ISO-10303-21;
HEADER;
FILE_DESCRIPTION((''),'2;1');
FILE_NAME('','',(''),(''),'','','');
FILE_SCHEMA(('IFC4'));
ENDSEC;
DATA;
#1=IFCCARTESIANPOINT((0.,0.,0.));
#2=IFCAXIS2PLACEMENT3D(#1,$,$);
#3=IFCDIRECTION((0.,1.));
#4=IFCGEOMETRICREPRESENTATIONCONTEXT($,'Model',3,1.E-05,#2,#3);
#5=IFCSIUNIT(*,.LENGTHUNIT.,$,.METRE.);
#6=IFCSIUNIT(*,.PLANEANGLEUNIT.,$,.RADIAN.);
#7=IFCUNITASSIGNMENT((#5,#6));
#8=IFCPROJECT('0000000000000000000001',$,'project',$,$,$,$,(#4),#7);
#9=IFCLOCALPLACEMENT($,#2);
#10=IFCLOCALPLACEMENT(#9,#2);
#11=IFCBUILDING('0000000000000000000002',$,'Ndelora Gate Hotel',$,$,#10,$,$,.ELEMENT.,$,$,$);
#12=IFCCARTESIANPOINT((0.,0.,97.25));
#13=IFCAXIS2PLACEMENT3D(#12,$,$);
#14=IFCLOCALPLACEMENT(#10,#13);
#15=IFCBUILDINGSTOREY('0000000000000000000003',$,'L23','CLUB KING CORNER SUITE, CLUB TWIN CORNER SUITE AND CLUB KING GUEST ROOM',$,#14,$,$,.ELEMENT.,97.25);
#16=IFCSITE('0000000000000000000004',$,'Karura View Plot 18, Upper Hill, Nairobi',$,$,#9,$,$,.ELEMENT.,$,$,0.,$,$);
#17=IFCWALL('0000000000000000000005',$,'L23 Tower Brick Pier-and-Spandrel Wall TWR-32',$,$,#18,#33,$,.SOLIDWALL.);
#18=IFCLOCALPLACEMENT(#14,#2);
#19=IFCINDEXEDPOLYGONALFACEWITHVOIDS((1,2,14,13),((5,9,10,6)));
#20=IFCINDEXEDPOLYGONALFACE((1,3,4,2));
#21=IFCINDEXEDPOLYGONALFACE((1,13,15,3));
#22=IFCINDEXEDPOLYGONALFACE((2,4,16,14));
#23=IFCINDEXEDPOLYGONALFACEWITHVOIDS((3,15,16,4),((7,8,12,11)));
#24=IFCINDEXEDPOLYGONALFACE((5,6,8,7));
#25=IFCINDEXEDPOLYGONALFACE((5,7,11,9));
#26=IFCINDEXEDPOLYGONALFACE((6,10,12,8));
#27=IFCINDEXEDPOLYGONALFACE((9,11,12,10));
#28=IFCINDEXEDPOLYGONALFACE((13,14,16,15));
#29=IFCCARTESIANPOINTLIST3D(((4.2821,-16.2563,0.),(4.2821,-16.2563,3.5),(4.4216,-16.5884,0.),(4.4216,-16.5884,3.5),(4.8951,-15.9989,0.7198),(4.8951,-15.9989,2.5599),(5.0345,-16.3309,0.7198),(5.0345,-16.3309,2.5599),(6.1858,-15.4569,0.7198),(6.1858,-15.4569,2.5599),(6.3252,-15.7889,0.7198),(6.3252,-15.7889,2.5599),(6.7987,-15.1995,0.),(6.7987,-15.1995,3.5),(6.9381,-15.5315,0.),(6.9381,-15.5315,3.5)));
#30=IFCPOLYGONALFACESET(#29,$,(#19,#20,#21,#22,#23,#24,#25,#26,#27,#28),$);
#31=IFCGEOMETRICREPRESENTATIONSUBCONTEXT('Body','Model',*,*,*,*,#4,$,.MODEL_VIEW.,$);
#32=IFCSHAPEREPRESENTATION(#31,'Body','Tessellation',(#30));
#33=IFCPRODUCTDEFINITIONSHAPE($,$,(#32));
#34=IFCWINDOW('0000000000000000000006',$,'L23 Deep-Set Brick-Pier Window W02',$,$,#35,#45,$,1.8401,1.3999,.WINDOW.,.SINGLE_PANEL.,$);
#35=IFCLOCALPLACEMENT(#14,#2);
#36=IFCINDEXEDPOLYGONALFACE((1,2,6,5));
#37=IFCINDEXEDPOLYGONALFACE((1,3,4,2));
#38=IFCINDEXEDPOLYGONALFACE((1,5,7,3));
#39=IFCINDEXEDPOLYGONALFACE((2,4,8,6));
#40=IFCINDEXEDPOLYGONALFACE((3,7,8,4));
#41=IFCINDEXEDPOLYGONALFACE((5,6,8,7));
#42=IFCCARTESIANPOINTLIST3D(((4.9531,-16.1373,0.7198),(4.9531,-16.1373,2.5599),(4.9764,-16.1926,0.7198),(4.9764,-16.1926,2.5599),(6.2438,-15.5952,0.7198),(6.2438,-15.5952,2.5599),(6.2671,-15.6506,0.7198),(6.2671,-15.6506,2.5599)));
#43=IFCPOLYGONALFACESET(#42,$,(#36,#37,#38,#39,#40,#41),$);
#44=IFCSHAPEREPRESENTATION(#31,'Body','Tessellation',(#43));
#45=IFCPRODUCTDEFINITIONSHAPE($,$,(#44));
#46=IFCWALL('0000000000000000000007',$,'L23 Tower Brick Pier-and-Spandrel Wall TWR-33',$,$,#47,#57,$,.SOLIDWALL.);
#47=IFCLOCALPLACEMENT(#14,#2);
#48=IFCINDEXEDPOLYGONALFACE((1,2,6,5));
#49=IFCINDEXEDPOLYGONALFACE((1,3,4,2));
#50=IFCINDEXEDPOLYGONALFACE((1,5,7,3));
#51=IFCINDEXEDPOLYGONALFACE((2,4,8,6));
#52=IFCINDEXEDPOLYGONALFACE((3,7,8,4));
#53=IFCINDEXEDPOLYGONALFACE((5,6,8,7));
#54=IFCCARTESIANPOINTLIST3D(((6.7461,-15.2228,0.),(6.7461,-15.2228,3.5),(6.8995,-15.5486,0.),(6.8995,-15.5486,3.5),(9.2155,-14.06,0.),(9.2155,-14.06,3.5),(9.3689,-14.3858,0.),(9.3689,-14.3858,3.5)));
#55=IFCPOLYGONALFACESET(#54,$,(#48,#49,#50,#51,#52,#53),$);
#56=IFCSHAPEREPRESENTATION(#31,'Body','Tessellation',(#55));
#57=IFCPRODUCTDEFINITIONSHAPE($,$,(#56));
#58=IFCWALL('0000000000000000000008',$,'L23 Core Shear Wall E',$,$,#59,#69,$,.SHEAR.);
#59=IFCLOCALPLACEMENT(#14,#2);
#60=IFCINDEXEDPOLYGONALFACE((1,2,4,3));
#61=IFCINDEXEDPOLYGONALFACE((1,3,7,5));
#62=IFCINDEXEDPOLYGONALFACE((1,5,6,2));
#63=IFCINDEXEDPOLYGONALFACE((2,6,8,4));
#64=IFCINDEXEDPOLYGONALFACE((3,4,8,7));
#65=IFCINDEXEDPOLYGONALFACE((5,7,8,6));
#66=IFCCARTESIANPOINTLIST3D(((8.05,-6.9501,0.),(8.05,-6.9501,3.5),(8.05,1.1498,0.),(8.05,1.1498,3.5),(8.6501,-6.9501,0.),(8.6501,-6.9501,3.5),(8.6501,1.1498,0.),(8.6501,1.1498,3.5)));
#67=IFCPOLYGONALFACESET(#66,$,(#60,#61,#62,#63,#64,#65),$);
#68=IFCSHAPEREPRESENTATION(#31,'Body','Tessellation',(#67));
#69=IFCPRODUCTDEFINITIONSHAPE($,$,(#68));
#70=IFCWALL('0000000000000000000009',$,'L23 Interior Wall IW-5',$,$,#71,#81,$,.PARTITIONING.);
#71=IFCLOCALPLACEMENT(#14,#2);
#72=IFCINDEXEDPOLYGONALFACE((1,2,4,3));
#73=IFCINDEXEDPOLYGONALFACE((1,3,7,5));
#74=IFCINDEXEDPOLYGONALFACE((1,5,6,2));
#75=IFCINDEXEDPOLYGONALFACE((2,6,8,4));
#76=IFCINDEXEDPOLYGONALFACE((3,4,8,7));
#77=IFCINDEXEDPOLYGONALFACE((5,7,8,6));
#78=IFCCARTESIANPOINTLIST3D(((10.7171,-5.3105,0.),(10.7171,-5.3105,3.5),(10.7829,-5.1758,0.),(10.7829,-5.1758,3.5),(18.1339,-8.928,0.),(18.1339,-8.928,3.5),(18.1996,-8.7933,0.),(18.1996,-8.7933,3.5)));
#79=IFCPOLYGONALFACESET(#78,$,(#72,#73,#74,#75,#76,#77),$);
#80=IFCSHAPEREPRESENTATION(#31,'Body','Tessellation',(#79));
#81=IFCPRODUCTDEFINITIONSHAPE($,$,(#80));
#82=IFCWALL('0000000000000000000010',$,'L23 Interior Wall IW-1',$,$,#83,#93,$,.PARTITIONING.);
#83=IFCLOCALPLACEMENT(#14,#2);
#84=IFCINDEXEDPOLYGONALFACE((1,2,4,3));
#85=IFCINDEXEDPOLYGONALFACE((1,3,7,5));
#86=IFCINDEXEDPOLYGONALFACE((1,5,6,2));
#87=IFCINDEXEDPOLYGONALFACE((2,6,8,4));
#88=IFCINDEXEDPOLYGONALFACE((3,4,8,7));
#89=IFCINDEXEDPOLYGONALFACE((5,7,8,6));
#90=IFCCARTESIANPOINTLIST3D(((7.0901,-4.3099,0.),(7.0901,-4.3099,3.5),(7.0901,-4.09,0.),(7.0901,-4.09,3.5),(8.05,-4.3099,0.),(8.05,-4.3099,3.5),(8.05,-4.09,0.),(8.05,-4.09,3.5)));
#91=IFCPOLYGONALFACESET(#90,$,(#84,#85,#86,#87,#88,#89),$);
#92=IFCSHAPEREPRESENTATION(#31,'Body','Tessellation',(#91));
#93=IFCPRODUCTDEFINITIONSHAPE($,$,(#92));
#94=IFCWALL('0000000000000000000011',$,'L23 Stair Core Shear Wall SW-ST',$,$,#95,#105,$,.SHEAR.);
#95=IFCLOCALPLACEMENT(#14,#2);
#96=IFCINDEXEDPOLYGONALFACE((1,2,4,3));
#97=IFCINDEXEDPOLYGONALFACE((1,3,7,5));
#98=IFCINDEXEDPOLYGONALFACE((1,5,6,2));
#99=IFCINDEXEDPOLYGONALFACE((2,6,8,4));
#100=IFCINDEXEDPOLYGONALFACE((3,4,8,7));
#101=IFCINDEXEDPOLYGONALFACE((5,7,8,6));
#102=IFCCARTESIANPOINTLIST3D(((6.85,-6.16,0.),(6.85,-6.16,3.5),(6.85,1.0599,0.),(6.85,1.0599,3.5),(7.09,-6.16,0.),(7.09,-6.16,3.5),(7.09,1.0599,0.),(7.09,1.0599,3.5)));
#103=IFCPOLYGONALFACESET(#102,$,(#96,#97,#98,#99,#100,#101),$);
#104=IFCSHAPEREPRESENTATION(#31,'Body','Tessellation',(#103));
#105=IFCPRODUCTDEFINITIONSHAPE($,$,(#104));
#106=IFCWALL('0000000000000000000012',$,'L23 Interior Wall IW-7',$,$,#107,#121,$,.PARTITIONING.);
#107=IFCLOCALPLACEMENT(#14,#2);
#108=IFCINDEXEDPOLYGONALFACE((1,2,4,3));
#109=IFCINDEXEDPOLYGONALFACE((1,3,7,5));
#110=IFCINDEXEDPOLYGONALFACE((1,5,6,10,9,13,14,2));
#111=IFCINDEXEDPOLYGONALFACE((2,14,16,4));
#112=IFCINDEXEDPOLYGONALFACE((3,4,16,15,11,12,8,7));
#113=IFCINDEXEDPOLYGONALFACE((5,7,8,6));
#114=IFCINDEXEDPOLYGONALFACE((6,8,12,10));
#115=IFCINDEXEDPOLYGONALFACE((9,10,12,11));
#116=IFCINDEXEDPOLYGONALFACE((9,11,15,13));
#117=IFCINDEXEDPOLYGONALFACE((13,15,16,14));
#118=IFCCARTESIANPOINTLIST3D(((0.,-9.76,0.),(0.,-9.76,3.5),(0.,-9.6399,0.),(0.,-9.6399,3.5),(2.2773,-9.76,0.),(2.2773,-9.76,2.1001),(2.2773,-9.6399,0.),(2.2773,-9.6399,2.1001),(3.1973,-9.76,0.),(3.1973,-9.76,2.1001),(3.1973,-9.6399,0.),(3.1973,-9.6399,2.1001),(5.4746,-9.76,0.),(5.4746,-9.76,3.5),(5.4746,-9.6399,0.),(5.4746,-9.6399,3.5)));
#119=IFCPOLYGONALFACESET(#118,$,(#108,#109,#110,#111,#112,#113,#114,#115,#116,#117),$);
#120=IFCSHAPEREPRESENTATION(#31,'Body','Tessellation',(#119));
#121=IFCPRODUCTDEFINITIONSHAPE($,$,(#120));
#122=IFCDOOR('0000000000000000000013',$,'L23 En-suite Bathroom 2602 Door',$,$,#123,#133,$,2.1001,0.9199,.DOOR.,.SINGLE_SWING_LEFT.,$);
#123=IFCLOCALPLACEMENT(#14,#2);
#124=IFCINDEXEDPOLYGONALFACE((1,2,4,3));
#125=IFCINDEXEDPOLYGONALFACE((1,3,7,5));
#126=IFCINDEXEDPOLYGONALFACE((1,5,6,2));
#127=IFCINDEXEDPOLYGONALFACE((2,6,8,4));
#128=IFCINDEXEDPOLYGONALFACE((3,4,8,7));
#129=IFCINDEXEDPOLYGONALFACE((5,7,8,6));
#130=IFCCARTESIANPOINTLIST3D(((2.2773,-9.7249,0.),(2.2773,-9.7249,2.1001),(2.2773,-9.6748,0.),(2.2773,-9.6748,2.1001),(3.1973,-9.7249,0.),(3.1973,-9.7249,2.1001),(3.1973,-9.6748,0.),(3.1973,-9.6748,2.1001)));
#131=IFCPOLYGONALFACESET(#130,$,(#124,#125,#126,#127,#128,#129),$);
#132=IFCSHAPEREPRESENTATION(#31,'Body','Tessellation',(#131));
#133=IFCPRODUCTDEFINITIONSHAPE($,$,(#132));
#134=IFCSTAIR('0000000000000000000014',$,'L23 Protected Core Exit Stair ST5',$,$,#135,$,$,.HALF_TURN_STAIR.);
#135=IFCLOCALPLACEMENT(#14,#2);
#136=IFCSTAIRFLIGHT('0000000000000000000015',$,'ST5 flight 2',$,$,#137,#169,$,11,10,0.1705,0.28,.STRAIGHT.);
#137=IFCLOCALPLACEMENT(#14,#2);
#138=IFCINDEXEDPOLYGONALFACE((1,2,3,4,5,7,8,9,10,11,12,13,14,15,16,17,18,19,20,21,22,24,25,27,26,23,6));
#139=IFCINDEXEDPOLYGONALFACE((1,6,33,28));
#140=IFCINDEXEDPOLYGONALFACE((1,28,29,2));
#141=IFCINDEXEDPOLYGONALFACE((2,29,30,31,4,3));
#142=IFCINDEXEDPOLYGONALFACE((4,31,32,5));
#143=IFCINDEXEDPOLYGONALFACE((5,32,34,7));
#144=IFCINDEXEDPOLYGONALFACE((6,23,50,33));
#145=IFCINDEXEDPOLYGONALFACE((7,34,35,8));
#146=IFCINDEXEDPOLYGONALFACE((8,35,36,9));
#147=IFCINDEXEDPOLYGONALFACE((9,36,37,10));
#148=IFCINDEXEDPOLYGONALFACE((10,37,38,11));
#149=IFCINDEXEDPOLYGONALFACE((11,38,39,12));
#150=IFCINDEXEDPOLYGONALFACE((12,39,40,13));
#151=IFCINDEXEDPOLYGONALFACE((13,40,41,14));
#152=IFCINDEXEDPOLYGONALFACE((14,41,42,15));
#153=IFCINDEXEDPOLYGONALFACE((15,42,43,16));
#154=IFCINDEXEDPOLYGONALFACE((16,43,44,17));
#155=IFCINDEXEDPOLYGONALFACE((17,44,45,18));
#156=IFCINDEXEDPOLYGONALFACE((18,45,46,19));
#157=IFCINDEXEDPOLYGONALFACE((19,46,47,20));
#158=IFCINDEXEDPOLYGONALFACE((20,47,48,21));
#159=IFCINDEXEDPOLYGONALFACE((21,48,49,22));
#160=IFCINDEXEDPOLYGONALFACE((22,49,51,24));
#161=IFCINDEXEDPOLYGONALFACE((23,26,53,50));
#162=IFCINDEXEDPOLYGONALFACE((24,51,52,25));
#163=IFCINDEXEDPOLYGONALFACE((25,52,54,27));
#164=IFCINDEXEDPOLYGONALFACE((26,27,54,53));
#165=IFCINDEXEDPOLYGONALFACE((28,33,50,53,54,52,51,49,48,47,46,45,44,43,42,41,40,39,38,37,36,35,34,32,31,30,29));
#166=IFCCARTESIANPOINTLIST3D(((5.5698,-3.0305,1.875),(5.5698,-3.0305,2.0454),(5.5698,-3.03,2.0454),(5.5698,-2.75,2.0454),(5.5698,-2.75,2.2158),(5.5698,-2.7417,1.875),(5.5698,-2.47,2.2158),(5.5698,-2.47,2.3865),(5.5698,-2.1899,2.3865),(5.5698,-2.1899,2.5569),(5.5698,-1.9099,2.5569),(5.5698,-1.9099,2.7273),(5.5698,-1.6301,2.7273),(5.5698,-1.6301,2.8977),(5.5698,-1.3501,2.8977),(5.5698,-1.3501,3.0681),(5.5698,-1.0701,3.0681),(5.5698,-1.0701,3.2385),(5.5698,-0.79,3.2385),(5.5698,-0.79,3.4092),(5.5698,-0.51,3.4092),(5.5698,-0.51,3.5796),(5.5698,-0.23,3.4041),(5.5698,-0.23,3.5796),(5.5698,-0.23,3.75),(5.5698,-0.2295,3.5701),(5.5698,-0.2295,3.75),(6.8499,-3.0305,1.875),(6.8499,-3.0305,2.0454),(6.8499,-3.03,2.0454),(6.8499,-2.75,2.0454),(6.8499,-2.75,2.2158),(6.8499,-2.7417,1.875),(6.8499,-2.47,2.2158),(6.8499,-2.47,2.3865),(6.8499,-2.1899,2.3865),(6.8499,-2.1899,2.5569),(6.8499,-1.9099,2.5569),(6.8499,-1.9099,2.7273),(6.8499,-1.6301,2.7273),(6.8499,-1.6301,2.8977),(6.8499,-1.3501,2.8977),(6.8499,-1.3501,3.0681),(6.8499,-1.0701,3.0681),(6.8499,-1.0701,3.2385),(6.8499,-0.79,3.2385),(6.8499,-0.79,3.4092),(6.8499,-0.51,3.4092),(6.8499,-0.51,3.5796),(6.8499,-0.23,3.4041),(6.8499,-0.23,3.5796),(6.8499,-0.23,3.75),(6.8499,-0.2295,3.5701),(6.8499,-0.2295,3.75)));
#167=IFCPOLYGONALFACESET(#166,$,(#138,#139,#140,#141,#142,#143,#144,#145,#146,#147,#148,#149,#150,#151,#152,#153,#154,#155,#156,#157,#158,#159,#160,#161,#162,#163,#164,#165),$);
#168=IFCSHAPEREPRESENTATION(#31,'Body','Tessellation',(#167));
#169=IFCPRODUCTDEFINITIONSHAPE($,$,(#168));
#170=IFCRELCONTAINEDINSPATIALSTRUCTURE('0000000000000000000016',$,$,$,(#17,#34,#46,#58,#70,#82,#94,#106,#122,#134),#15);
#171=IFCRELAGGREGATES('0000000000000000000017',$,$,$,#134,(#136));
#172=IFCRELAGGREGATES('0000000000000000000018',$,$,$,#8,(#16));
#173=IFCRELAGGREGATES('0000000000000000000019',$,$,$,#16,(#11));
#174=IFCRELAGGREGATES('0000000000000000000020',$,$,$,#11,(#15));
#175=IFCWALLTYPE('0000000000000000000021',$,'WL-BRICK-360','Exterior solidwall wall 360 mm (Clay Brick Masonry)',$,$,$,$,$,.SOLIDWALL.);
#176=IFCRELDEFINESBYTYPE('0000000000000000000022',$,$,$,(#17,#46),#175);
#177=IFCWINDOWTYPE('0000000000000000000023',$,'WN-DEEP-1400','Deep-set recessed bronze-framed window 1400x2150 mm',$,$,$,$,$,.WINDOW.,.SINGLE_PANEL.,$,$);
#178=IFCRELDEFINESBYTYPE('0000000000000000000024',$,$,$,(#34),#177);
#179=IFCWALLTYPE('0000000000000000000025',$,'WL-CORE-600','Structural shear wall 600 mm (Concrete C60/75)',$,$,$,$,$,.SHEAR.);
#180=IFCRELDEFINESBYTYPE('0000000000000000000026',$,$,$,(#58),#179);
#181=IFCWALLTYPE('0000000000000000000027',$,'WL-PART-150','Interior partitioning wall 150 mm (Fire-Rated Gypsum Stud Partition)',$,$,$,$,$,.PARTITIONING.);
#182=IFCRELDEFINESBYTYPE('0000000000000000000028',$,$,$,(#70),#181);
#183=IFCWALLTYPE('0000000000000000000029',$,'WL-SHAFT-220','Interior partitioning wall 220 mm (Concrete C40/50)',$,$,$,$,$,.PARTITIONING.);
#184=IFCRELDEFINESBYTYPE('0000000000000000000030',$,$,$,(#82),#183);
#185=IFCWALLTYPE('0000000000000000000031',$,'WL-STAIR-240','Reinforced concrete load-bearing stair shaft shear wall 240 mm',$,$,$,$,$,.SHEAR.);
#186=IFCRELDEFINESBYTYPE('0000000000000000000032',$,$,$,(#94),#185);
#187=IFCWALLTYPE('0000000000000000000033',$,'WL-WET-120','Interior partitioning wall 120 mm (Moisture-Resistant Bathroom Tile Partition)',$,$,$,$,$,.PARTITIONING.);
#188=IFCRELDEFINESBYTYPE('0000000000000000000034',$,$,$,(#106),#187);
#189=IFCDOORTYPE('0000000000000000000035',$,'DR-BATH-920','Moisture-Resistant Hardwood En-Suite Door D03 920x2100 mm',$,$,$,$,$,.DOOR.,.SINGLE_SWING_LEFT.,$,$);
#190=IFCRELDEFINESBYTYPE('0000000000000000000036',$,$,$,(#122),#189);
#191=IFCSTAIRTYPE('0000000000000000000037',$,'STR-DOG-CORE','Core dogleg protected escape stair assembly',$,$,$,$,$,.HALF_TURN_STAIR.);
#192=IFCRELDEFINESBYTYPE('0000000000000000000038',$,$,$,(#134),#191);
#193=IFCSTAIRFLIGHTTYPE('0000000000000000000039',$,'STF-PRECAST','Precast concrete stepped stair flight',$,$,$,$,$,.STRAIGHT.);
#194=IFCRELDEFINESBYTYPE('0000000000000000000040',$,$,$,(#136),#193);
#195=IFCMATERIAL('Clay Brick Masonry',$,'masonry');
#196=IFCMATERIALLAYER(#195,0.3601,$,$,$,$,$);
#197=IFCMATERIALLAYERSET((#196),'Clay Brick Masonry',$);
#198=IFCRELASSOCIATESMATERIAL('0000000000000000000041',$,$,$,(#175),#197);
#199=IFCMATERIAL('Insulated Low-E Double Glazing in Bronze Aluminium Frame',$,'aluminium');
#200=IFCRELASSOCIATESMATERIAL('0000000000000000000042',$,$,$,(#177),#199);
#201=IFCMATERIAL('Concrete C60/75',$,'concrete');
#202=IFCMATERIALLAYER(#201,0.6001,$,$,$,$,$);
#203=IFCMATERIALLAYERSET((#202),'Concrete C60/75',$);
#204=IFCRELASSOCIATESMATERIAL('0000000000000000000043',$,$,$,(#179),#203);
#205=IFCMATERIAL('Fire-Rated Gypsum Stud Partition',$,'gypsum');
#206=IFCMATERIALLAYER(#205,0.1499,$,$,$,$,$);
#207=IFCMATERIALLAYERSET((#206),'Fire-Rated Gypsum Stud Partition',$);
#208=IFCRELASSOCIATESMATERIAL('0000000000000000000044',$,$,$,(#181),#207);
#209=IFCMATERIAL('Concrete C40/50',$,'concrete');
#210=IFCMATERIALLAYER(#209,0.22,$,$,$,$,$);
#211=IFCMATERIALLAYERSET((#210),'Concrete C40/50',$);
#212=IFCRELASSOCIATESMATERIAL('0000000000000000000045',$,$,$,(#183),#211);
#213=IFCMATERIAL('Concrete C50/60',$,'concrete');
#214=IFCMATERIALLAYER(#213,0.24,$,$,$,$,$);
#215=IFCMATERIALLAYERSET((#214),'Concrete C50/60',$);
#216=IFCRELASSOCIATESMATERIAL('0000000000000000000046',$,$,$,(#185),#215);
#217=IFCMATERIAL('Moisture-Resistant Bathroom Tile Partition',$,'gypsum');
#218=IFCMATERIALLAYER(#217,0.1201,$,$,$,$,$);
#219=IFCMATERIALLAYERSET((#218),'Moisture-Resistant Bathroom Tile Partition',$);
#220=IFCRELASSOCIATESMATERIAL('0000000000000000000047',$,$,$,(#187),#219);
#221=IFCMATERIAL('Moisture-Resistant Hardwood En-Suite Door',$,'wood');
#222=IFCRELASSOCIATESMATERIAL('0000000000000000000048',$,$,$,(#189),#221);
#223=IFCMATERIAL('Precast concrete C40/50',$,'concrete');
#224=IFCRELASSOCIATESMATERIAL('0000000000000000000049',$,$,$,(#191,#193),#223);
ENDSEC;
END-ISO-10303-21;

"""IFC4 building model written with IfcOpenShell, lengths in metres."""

from ifc_helpers import new_model, si_unit, direction, frame, frame_2d, origin, place, context, subcontext, project, spatial, polyline, rectangle, outline, extrude, material, layer, layer_set, type_object, element, fill, aggregate, save


model = new_model("IFC4")

# Units and contexts
model_context = context("Model", 3, precision=1e-05, world=origin(), true_north=direction((0.0, 1.0)))
body_context = subcontext(model_context, "Body", "Model", "MODEL_VIEW")
ifc_project = project(units=[si_unit("LENGTHUNIT", "METRE"), si_unit("PLANEANGLEUNIT", "RADIAN")], contexts=[model_context])

# Site, building, storey
site_placement = place(None, origin())
site = spatial("IfcSite", under=ifc_project, at=site_placement, Name="Karura View Plot 18, Upper Hill, Nairobi", CompositionType="ELEMENT", RefElevation=0.0)
building_placement = place(site_placement, origin())
building = spatial("IfcBuilding", under=site, at=building_placement, Name="Ndelora Gate Hotel", CompositionType="ELEMENT")
storey_placement = place(building_placement, frame((0.0, 0.0, 97.25)))
storey = spatial("IfcBuildingStorey", under=building, at=storey_placement, Name="L23", Description="CLUB KING CORNER SUITE, CLUB TWIN CORNER SUITE AND CLUB KING GUEST ROOM", CompositionType="ELEMENT", Elevation=97.25)

# Shared definitions
ifc_material_1 = material(Name="Concrete C60/75", Category="concrete")

# Wall, opening, window
ifc_material_2 = material(Name="Clay Brick Masonry", Category="masonry")
ifc_layer_1 = layer(ifc_material_2, 0.3601)
ifc_layer_set_1 = layer_set([ifc_layer_1], Name="Clay Brick Masonry")
wall_type_1 = type_object("IfcWallType", Name="WL-BRICK-360", Description="Exterior solidwall wall 360 mm (Clay Brick Masonry)", PredefinedType="SOLIDWALL", material=ifc_layer_set_1)
wall_1_placement = place(storey_placement, frame((6.8684, -15.3655, 0.0), z_axis=(0.0, 0.0, 1.0), x_axis=(-0.921994, -0.387205, 0.0)))
wall_1 = element("IfcWall", 1, at=wall_1_placement, inside=storey, type_object=wall_type_1, Name="L23 Tower Brick Pier-and-Spandrel Wall TWR-32", PredefinedType="SOLIDWALL", context=body_context, shape_type="SweptSolid", body=[
    extrude(rectangle(XDim=2.7295, YDim=0.3601, at=frame_2d((1.3647, 0.0))), origin(), (0.0, 0.0, 1.0), 3.5),
])
opening_1_placement = place(wall_1_placement, frame((0.6648, 0.0, 0.72)))
opening_1 = element("IfcOpeningElement", 2, at=opening_1_placement, cuts=wall_1, PredefinedType="OPENING", context=body_context, shape_type="SweptSolid", body=[
    extrude(rectangle(XDim=1.3999, YDim=1.8401, at=frame_2d((0.7, 0.9199))), frame((0.0, 0.1899, 0.0), z_axis=(0.0, -1.0, 0.0), x_axis=(1.0, 0.0, 0.0)), (0.0, 0.0, 1.0), 0.3801),
])
ifc_material_3 = material(Name="Insulated Low-E Double Glazing in Bronze Aluminium Frame", Category="aluminium")
window_type = type_object("IfcWindowType", Name="WN-DEEP-1400", Description="Deep-set recessed bronze-framed window 1400x2150 mm", PartitioningType="SINGLE_PANEL", PredefinedType="WINDOW", material=ifc_material_3)
window_placement = place(opening_1_placement, origin())
window = element("IfcWindow", 3, at=window_placement, inside=storey, type_object=window_type, Name="L23 Deep-Set Brick-Pier Window W02", OverallHeight=1.8401, OverallWidth=1.3999, PartitioningType="SINGLE_PANEL", PredefinedType="WINDOW", context=body_context, shape_type="SweptSolid", body=[
    extrude(rectangle(XDim=1.3999, YDim=1.8401, at=frame_2d((0.7, 0.9199))), frame((0.0, 0.03, 0.0), z_axis=(0.0, -1.0, 0.0), x_axis=(1.0, 0.0, 0.0)), (0.0, 0.0, 1.0), 0.0601),
])
fill(opening_1, window)

# Walls
wall_2_placement = place(storey_placement, frame((9.2922, -14.2229, 0.0), z_axis=(0.0, 0.0, 1.0), x_axis=(-0.904715, -0.426017, 0.0)))
element("IfcWall", 4, at=wall_2_placement, inside=storey, type_object=wall_type_1, Name="L23 Tower Brick Pier-and-Spandrel Wall TWR-33", PredefinedType="SOLIDWALL", context=body_context, shape_type="SweptSolid", body=[
    extrude(rectangle(XDim=2.7295, YDim=0.3601, at=frame_2d((1.3647, 0.0))), origin(), (0.0, 0.0, 1.0), 3.5),
])
ifc_layer_2 = layer(ifc_material_1, 0.6001)
ifc_layer_set_2 = layer_set([ifc_layer_2], Name="Concrete C60/75")
wall_type_2 = type_object("IfcWallType", Name="WL-CORE-600", Description="Structural shear wall 600 mm (Concrete C60/75)", PredefinedType="SHEAR", material=ifc_layer_set_2)
wall_3_placement = place(storey_placement, frame((8.3501, -6.95, 0.0), z_axis=(0.0, 0.0, 1.0), x_axis=(0.0, 1.0, 0.0)))
element("IfcWall", 5, at=wall_3_placement, inside=storey, type_object=wall_type_2, Name="L23 Core Shear Wall E", PredefinedType="SHEAR", context=body_context, shape_type="SweptSolid", body=[
    extrude(rectangle(XDim=8.0999, YDim=0.6001, at=frame_2d((4.0498, 0.0))), origin(), (0.0, 0.0, 1.0), 3.5),
])

# Shared definitions
ifc_material_4 = material(Name="Fire-Rated Gypsum Stud Partition", Category="gypsum")
ifc_layer_3 = layer(ifc_material_4, 0.1499)
ifc_layer_set_3 = layer_set([ifc_layer_3], Name="Fire-Rated Gypsum Stud Partition")
wall_type_3 = type_object("IfcWallType", Name="WL-PART-150", Description="Interior partitioning wall 150 mm (Fire-Rated Gypsum Stud Partition)", PredefinedType="PARTITIONING", material=ifc_layer_set_3)

# Walls
wall_4_placement = place(storey_placement, frame((10.75, -5.2432, 0.0), z_axis=(0.0, 0.0, 1.0), x_axis=(0.898792, -0.438375, 0.0)))
element("IfcWall", 6, at=wall_4_placement, inside=storey, type_object=wall_type_3, Name="L23 Interior Wall IW-5", PredefinedType="PARTITIONING", context=body_context, shape_type="SweptSolid", body=[
    extrude(rectangle(XDim=8.252, YDim=0.1499, at=frame_2d((4.126, 0.0))), origin(), (0.0, 0.0, 1.0), 3.5),
])
ifc_material_5 = material(Name="Concrete C40/50", Category="concrete")
ifc_layer_4 = layer(ifc_material_5, 0.22)
ifc_layer_set_4 = layer_set([ifc_layer_4], Name="Concrete C40/50")
wall_type_4 = type_object("IfcWallType", Name="WL-SHAFT-220", Description="Interior partitioning wall 220 mm (Concrete C40/50)", PredefinedType="PARTITIONING", material=ifc_layer_set_4)
wall_5_placement = place(storey_placement, frame((7.0901, -4.2, 0.0), z_axis=(0.0, 0.0, 1.0), x_axis=(1.0, 0.0, 0.0)))
element("IfcWall", 7, at=wall_5_placement, inside=storey, type_object=wall_type_4, Name="L23 Interior Wall IW-1", PredefinedType="PARTITIONING", context=body_context, shape_type="SweptSolid", body=[
    extrude(rectangle(XDim=0.96, YDim=0.22, at=frame_2d((0.48, 0.0))), origin(), (0.0, 0.0, 1.0), 3.5),
])
ifc_material_6 = material(Name="Concrete C50/60", Category="concrete")
ifc_layer_5 = layer(ifc_material_6, 0.24)
ifc_layer_set_5 = layer_set([ifc_layer_5], Name="Concrete C50/60")
wall_type_5 = type_object("IfcWallType", Name="WL-STAIR-240", Description="Reinforced concrete load-bearing stair shaft shear wall 240 mm", PredefinedType="SHEAR", material=ifc_layer_set_5)
wall_6_placement = place(storey_placement, frame((6.97, -6.1599, 0.0), z_axis=(0.0, 0.0, 1.0), x_axis=(0.0, 1.0, 0.0)))
element("IfcWall", 8, at=wall_6_placement, inside=storey, type_object=wall_type_5, Name="L23 Stair Core Shear Wall SW-ST", PredefinedType="SHEAR", context=body_context, shape_type="SweptSolid", body=[
    extrude(rectangle(XDim=7.22, YDim=0.24, at=frame_2d((3.6099, 0.0))), origin(), (0.0, 0.0, 1.0), 3.5),
])

# Wall, opening, door
ifc_material_7 = material(Name="Moisture-Resistant Bathroom Tile Partition", Category="gypsum")
ifc_layer_6 = layer(ifc_material_7, 0.1201)
ifc_layer_set_6 = layer_set([ifc_layer_6], Name="Moisture-Resistant Bathroom Tile Partition")
wall_type_6 = type_object("IfcWallType", Name="WL-WET-120", Description="Interior partitioning wall 120 mm (Moisture-Resistant Bathroom Tile Partition)", PredefinedType="PARTITIONING", material=ifc_layer_set_6)
wall_7_placement = place(storey_placement, frame((5.4746, -9.7, 0.0), z_axis=(0.0, 0.0, 1.0), x_axis=(-1.0, 0.0, 0.0)))
wall_7 = element("IfcWall", 9, at=wall_7_placement, inside=storey, type_object=wall_type_6, Name="L23 Interior Wall IW-7", PredefinedType="PARTITIONING", context=body_context, shape_type="SweptSolid", body=[
    extrude(rectangle(XDim=5.4746, YDim=0.1201, at=frame_2d((2.7373, 0.0))), origin(), (0.0, 0.0, 1.0), 3.5),
])
opening_2_placement = place(wall_7_placement, frame((2.2773, 0.0, 0.0)))
opening_2 = element("IfcOpeningElement", 10, at=opening_2_placement, cuts=wall_7, PredefinedType="OPENING", context=body_context, shape_type="SweptSolid", body=[
    extrude(rectangle(XDim=0.9199, YDim=2.1001, at=frame_2d((0.46, 1.05))), frame((0.0, 0.0701, 0.0), z_axis=(0.0, -1.0, 0.0), x_axis=(1.0, 0.0, 0.0)), (0.0, 0.0, 1.0), 0.1401),
])
ifc_material_8 = material(Name="Moisture-Resistant Hardwood En-Suite Door", Category="wood")
door_type_1 = type_object("IfcDoorType", Name="DR-BATH-920", Description="Moisture-Resistant Hardwood En-Suite Door D03 920x2100 mm", OperationType="SINGLE_SWING_LEFT", PredefinedType="DOOR", material=ifc_material_8)
door_1_placement = place(opening_2_placement, origin())
door_1 = element("IfcDoor", 11, at=door_1_placement, inside=storey, type_object=door_type_1, Name="L23 En-suite Bathroom 2602 Door", OperationType="SINGLE_SWING_LEFT", OverallHeight=2.1001, OverallWidth=0.9199, PredefinedType="DOOR", context=body_context, shape_type="SweptSolid", body=[
    extrude(rectangle(XDim=0.9199, YDim=2.1001, at=frame_2d((0.46, 1.05))), frame((0.0, 0.0249, 0.0), z_axis=(0.0, -1.0, 0.0), x_axis=(1.0, 0.0, 0.0)), (0.0, 0.0, 1.0), 0.05),
])
fill(opening_2, door_1)

# Stair, stair flight
ifc_material_9 = material(Name="Precast concrete C40/50", Category="concrete")
stair_type = type_object("IfcStairType", Name="STR-DOG-CORE", Description="Core dogleg protected escape stair assembly", PredefinedType="HALF_TURN_STAIR", material=ifc_material_9)
stair_placement = place(storey_placement, origin())
stair = element("IfcStair", 12, at=stair_placement, inside=storey, type_object=stair_type, Name="L23 Protected Core Exit Stair ST5", PredefinedType="HALF_TURN_STAIR")
stair_flight_type = type_object("IfcStairFlightType", Name="STF-PRECAST", Description="Precast concrete stepped stair flight", PredefinedType="STRAIGHT", material=ifc_material_9)
stair_flight_placement = place(storey_placement, frame((6.21, -3.03, 1.875), z_axis=(0.0, 0.0, 1.0), x_axis=(0.0, 1.0, 0.0)))
stair_flight = element("IfcStairFlight", 13, at=stair_flight_placement, type_object=stair_flight_type, Name="ST5 flight 2", NumberOfRisers=11, NumberOfTreads=10, PredefinedType="STRAIGHT", RiserHeight=0.1705, TreadLength=0.28, context=body_context, shape_type="SweptSolid", body=[
    extrude(outline(polyline([(-0.0005, 0.0), (-0.0005, 0.1704), (0.0, 0.1704), (0.28, 0.1704), (0.28, 0.3408), (0.5601, 0.3408), (0.5601, 0.5115), (0.8401, 0.5115), (0.8401, 0.6819), (1.1201, 0.6819), (1.1201, 0.8523), (1.3999, 0.8523), (1.3999, 1.0227), (1.6799, 1.0227), (1.6799, 1.1931), (1.96, 1.1931), (1.96, 1.3635), (2.24, 1.3635), (2.24, 1.5342), (2.52, 1.5342), (2.52, 1.7046), (2.8, 1.7046), (2.8, 1.875), (2.8005, 1.875), (2.8005, 1.6951), (2.8, 1.5291), (0.2883, 0.0), (-0.0005, 0.0)])), frame((0.0, 0.6401, 0.0), z_axis=(0.0, -1.0, 0.0), x_axis=(1.0, 0.0, 0.0)), (0.0, 0.0, 1.0), 1.28),
])
aggregate(stair, [stair_flight])

save(model, "model.ifc")
